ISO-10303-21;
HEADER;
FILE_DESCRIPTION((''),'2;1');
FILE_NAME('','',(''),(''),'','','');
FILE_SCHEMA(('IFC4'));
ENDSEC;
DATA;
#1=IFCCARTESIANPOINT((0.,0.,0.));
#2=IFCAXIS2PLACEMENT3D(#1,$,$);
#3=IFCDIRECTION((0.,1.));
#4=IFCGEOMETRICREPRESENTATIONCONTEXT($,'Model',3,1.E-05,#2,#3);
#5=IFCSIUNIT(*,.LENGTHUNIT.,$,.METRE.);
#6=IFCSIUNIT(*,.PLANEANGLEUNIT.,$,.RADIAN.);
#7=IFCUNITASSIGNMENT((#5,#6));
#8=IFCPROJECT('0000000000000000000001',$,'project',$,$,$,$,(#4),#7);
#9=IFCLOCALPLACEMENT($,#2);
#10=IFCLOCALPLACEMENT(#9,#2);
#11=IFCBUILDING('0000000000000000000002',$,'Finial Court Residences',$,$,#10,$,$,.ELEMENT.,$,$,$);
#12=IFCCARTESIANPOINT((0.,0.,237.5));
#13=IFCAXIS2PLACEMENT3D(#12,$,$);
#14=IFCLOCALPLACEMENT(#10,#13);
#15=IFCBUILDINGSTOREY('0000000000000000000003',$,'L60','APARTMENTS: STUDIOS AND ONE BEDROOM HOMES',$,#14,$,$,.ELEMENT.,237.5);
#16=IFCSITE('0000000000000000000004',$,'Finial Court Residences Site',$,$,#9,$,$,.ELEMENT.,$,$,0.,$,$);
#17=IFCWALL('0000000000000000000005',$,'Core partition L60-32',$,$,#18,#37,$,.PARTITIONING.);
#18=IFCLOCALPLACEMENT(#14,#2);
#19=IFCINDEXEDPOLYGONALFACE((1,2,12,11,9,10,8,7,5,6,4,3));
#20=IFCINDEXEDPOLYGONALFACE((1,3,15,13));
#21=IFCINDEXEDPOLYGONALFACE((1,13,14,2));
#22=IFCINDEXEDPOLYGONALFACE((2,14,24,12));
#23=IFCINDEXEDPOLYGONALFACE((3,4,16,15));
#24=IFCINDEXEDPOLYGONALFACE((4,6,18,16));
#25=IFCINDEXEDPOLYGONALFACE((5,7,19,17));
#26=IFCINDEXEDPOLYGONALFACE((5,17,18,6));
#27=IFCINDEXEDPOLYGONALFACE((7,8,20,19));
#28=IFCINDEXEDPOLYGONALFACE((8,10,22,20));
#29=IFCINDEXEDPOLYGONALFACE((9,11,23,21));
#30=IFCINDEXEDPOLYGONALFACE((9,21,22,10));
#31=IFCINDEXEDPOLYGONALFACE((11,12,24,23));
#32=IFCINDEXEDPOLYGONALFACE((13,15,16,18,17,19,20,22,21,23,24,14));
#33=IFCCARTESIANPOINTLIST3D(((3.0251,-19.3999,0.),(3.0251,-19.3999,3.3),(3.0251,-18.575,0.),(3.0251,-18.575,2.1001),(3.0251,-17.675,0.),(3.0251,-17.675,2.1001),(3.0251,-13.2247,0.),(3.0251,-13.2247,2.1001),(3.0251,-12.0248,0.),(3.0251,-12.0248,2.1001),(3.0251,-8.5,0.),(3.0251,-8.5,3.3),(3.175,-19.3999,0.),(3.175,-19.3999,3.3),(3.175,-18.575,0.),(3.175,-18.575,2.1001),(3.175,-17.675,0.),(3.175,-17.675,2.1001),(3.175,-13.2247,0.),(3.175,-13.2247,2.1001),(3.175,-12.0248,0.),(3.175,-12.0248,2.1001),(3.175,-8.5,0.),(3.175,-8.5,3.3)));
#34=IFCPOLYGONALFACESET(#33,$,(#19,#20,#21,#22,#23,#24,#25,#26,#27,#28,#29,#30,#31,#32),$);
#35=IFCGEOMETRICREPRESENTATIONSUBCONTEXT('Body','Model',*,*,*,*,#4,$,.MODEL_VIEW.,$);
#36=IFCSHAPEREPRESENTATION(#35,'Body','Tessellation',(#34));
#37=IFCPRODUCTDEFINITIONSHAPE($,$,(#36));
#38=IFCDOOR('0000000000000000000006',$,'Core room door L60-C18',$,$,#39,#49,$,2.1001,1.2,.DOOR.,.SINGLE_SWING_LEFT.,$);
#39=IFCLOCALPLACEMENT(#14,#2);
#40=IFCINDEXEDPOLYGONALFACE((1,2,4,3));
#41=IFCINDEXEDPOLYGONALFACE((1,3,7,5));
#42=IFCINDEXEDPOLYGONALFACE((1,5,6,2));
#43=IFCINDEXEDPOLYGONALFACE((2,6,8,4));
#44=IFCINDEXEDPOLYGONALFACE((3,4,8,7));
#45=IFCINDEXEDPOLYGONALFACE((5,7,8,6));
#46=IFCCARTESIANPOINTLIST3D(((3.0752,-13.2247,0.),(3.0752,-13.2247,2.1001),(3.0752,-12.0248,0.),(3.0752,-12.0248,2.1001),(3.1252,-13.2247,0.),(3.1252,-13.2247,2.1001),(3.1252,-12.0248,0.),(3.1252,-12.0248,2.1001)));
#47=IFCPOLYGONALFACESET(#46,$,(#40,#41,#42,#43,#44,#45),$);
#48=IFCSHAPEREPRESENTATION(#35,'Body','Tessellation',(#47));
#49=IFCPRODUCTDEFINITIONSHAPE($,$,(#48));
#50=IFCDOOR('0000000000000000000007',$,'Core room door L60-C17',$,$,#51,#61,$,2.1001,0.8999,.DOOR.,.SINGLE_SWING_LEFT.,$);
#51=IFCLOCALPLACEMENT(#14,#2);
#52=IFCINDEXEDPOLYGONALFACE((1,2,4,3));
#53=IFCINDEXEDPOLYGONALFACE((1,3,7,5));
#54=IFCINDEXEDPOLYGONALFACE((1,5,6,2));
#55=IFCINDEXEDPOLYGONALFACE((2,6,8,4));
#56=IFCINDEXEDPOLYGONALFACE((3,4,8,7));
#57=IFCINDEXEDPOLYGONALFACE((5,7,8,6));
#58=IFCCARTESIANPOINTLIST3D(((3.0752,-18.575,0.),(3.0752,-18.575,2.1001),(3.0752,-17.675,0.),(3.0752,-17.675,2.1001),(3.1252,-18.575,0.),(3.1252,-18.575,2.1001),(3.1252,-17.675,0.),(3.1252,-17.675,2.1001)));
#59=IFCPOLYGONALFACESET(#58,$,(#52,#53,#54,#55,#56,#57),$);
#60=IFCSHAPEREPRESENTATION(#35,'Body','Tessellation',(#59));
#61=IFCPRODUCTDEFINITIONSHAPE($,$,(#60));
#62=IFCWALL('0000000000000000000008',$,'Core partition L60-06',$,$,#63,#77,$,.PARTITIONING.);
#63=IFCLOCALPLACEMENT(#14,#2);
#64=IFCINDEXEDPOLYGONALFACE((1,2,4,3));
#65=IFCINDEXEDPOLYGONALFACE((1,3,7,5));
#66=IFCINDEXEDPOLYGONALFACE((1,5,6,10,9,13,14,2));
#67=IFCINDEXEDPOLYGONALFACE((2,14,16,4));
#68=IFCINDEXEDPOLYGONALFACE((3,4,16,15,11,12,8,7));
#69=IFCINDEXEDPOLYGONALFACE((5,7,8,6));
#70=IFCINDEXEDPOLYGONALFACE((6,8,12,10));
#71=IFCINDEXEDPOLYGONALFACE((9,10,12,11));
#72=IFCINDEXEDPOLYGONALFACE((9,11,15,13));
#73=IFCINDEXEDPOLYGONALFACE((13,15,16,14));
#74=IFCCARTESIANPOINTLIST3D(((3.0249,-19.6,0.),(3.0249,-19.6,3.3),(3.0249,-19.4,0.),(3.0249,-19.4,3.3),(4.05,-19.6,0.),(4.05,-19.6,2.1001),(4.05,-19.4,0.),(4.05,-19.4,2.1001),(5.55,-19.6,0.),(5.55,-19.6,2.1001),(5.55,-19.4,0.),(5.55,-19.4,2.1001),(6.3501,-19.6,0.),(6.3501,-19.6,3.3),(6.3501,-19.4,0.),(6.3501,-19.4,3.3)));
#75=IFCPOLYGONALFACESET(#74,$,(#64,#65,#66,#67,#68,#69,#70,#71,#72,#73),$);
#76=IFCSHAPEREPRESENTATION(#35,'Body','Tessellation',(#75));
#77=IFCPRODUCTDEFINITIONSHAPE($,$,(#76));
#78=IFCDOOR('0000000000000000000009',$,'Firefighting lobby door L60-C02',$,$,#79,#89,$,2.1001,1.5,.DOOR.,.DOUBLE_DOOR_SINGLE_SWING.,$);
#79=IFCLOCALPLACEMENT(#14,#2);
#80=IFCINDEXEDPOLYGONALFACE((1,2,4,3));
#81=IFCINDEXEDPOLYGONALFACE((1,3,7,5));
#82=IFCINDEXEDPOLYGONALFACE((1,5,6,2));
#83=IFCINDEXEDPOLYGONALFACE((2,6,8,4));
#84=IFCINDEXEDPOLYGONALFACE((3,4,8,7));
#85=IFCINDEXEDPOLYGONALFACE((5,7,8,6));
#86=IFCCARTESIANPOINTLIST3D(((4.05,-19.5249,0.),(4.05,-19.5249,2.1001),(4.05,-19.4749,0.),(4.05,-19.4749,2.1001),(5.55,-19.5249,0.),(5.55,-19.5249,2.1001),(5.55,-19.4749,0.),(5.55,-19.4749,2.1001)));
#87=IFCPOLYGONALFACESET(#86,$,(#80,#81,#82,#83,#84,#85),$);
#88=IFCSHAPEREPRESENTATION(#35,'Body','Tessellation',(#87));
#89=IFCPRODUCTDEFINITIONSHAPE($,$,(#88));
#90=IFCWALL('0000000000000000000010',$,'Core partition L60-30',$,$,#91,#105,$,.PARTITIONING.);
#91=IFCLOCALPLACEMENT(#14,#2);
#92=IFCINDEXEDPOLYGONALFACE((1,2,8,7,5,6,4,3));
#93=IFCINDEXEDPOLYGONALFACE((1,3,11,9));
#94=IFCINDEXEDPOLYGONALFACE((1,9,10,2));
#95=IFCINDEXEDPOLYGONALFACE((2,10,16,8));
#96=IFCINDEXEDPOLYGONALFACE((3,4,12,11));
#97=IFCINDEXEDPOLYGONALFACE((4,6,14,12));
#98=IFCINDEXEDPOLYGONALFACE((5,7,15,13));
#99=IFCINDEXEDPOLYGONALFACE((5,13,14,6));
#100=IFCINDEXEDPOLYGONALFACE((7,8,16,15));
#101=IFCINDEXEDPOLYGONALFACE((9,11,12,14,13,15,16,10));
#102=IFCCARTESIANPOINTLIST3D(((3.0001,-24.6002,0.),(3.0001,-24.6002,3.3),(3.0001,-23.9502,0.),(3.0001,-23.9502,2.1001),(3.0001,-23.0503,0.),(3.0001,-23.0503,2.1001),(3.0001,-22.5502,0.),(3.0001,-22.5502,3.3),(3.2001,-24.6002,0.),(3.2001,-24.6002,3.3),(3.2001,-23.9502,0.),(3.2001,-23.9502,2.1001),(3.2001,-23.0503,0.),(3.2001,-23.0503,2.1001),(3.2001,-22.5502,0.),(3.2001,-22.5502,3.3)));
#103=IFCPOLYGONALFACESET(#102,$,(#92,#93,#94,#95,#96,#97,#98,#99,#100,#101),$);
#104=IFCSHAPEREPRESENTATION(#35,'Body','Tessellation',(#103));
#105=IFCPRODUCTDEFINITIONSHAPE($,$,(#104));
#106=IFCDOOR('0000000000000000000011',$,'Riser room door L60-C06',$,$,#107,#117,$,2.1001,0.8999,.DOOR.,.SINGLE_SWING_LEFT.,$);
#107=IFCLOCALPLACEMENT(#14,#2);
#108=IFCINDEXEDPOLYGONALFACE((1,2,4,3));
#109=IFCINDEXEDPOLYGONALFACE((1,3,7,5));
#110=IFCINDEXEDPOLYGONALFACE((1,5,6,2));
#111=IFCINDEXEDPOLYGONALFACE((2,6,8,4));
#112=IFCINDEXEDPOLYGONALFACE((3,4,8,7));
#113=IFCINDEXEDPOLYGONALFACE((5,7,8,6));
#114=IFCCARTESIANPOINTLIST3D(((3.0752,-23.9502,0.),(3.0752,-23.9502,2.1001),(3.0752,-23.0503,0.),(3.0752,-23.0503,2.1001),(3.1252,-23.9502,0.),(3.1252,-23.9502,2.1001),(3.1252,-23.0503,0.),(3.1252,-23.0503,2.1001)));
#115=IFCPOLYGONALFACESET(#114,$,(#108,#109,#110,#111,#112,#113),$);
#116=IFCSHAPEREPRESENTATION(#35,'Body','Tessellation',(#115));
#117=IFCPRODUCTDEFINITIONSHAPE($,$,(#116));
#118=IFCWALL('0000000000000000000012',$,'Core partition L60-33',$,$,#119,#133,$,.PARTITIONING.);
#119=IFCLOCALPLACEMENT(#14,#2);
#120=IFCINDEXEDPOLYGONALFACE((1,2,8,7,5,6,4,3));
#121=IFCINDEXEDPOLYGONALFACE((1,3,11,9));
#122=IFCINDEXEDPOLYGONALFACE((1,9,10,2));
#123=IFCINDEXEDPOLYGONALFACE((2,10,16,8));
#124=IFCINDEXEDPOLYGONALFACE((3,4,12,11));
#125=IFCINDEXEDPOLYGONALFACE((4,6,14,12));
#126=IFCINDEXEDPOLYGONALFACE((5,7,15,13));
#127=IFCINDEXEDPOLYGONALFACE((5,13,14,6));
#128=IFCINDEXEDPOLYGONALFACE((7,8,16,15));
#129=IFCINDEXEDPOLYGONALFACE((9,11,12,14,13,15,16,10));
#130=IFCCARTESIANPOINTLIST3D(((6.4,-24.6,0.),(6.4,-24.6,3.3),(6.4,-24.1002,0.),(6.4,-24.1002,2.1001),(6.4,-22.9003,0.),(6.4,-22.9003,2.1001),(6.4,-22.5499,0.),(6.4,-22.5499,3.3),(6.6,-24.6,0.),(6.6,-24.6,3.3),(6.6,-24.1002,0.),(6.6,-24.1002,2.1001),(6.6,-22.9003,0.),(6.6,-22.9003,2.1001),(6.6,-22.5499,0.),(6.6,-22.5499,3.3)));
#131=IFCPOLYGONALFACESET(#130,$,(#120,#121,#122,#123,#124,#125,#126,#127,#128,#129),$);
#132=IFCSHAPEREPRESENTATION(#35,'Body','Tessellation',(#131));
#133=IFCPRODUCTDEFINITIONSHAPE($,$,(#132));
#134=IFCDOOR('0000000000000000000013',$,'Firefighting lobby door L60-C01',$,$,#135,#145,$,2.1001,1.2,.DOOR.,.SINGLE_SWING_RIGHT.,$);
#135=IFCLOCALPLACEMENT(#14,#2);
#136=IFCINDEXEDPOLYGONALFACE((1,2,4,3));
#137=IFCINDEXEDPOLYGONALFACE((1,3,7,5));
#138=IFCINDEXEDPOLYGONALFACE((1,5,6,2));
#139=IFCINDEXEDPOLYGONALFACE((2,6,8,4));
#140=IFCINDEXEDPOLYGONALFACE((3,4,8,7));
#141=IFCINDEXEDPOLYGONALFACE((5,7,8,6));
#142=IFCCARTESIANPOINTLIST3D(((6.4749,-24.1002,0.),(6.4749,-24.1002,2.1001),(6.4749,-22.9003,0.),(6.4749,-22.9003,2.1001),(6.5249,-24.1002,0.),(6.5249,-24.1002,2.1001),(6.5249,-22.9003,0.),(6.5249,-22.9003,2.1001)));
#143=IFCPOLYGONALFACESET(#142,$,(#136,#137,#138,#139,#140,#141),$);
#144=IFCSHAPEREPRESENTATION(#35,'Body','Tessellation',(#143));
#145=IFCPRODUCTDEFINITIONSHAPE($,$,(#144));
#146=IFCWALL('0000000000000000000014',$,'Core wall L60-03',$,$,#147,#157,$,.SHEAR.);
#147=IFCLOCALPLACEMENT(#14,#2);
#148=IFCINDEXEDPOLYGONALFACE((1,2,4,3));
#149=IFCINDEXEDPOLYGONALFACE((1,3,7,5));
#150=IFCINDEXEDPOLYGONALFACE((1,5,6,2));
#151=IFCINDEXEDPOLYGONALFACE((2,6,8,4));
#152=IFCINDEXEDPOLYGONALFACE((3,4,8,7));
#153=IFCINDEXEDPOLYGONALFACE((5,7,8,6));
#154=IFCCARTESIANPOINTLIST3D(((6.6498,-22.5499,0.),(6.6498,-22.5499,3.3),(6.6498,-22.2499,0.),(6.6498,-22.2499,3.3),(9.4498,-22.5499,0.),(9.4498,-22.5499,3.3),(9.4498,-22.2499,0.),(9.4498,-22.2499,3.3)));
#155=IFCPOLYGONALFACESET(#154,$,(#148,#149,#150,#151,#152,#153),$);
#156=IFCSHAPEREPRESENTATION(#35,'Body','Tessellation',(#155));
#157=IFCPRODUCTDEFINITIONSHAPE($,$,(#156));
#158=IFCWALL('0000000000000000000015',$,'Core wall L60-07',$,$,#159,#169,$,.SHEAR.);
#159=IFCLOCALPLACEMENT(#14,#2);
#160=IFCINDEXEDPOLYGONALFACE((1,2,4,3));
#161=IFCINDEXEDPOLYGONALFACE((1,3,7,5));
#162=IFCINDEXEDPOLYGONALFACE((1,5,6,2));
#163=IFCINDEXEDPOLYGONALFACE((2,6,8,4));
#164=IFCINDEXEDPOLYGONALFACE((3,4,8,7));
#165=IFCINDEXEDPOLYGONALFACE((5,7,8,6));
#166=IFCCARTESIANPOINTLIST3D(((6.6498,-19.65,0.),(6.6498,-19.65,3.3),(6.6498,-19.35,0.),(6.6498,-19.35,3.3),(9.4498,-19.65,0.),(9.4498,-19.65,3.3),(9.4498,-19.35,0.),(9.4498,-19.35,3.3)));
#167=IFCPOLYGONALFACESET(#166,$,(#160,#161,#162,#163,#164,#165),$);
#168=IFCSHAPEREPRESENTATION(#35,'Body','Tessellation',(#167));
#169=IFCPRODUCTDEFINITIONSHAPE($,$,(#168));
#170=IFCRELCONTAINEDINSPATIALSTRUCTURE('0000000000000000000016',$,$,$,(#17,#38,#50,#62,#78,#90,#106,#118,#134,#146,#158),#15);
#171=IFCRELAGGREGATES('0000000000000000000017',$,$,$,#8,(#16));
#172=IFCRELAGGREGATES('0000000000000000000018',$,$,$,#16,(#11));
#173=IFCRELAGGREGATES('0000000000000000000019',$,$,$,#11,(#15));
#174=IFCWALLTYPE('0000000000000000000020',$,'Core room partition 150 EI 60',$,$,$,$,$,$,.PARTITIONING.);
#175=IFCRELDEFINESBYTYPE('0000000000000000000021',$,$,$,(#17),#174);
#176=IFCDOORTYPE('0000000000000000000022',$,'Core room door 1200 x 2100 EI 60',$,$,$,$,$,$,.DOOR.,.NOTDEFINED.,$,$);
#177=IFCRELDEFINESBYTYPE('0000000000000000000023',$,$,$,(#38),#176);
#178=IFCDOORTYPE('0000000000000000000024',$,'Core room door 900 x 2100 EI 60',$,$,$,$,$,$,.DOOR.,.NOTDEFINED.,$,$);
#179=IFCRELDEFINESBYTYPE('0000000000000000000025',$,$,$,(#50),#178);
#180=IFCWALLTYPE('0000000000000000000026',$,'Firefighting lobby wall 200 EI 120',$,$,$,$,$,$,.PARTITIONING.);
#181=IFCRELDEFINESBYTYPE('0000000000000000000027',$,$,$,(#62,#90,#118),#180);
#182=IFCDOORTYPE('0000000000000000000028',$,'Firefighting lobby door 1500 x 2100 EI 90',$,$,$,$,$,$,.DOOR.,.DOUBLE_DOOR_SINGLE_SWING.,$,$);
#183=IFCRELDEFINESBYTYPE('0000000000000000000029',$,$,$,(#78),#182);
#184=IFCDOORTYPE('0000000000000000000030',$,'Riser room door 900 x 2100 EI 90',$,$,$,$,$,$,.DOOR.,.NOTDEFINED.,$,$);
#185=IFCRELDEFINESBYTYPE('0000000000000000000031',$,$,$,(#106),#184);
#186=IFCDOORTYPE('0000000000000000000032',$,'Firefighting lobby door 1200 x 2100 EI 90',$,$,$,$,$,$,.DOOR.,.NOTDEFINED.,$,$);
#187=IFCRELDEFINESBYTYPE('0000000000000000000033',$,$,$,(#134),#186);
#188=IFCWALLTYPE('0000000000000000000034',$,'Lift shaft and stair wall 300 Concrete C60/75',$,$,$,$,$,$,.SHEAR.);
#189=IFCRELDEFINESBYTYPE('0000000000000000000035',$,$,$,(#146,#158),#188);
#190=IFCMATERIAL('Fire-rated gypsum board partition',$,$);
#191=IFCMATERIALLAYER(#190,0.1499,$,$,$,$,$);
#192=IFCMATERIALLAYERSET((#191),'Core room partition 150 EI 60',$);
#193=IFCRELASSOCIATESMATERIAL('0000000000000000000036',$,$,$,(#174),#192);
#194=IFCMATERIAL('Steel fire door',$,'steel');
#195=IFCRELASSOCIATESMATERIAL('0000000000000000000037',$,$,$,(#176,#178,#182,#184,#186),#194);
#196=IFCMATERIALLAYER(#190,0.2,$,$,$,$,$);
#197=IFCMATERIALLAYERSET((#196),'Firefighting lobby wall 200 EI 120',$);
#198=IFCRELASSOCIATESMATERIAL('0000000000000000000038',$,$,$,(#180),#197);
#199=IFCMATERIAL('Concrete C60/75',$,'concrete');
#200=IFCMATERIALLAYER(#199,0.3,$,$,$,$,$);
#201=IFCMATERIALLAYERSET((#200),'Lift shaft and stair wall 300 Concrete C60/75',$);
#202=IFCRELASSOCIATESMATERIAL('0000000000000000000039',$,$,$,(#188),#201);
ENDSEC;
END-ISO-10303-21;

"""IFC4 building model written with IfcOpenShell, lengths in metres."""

from ifc_helpers import new_model, si_unit, direction, frame, frame_2d, origin, place, context, subcontext, project, spatial, rectangle, extrude, material, layer, layer_set, type_object, element, fill, save


model = new_model("IFC4")

# Units and contexts
model_context = context("Model", 3, precision=1e-05, world=origin(), true_north=direction((0.0, 1.0)))
body_context = subcontext(model_context, "Body", "Model", "MODEL_VIEW")
ifc_project = project(units=[si_unit("LENGTHUNIT", "METRE"), si_unit("PLANEANGLEUNIT", "RADIAN")], contexts=[model_context])

# Site, building, storey
site_placement = place(None, origin())
site = spatial("IfcSite", under=ifc_project, at=site_placement, Name="Finial Court Residences Site", CompositionType="ELEMENT", RefElevation=0.0)
building_placement = place(site_placement, origin())
building = spatial("IfcBuilding", under=site, at=building_placement, Name="Finial Court Residences", CompositionType="ELEMENT")
storey_placement = place(building_placement, frame((0.0, 0.0, 237.5)))
storey = spatial("IfcBuildingStorey", under=building, at=storey_placement, Name="L60", Description="APARTMENTS: STUDIOS AND ONE BEDROOM HOMES", CompositionType="ELEMENT", Elevation=237.5)

# Wall, openings, doors
ifc_material_1 = material(Name="Fire-rated gypsum board partition")
ifc_layer_1 = layer(ifc_material_1, 0.1499)
ifc_layer_set_1 = layer_set([ifc_layer_1], Name="Core room partition 150 EI 60")
wall_type_1 = type_object("IfcWallType", Name="Core room partition 150 EI 60", PredefinedType="PARTITIONING", material=ifc_layer_set_1)
wall_1_placement = place(storey_placement, frame((3.1001, -19.3999, 0.0), z_axis=(0.0, 0.0, 1.0), x_axis=(0.0, 1.0, 0.0)))
wall_1 = element("IfcWall", 1, at=wall_1_placement, inside=storey, type_object=wall_type_1, Name="Core partition L60-32", PredefinedType="PARTITIONING", context=body_context, shape_type="SweptSolid", body=[
    extrude(rectangle(XDim=10.8999, YDim=0.1499, at=frame_2d((5.45, 0.0))), origin(), (0.0, 0.0, 1.0), 3.3),
])
opening_1_placement = place(wall_1_placement, frame((0.825, 0.0, 0.0)))
opening_1 = element("IfcOpeningElement", 2, at=opening_1_placement, cuts=wall_1, PredefinedType="OPENING", context=body_context, shape_type="SweptSolid", body=[
    extrude(rectangle(XDim=0.8999, YDim=2.1001, at=frame_2d((0.45, 1.05))), frame((0.0, 0.085, 0.0), z_axis=(0.0, -1.0, 0.0), x_axis=(1.0, 0.0, 0.0)), (0.0, 0.0, 1.0), 0.1699),
])
opening_2_placement = place(wall_1_placement, frame((6.175, 0.0, 0.0)))
opening_2 = element("IfcOpeningElement", 3, at=opening_2_placement, cuts=wall_1, PredefinedType="OPENING", context=body_context, shape_type="SweptSolid", body=[
    extrude(rectangle(XDim=1.2, YDim=2.1001, at=frame_2d((0.6001, 1.05))), frame((0.0, 0.085, 0.0), z_axis=(0.0, -1.0, 0.0), x_axis=(1.0, 0.0, 0.0)), (0.0, 0.0, 1.0), 0.1699),
])
ifc_material_2 = material(Name="Steel fire door", Category="steel")
door_type_1 = type_object("IfcDoorType", Name="Core room door 1200 x 2100 EI 60", OperationType="NOTDEFINED", PredefinedType="DOOR", material=ifc_material_2)
door_1_placement = place(opening_2_placement, origin())
door_1 = element("IfcDoor", 4, at=door_1_placement, inside=storey, type_object=door_type_1, Name="Core room door L60-C18", OperationType="SINGLE_SWING_LEFT", OverallHeight=2.1001, OverallWidth=1.2, PredefinedType="DOOR", context=body_context, shape_type="SweptSolid", body=[
    extrude(rectangle(XDim=1.2, YDim=2.1001, at=frame_2d((0.6001, 1.05))), frame((0.0, 0.0249, 0.0), z_axis=(0.0, -1.0, 0.0), x_axis=(1.0, 0.0, 0.0)), (0.0, 0.0, 1.0), 0.05),
])
fill(opening_2, door_1)
door_type_2 = type_object("IfcDoorType", Name="Core room door 900 x 2100 EI 60", OperationType="NOTDEFINED", PredefinedType="DOOR", material=ifc_material_2)
door_2_placement = place(opening_1_placement, origin())
door_2 = element("IfcDoor", 5, at=door_2_placement, inside=storey, type_object=door_type_2, Name="Core room door L60-C17", OperationType="SINGLE_SWING_LEFT", OverallHeight=2.1001, OverallWidth=0.8999, PredefinedType="DOOR", context=body_context, shape_type="SweptSolid", body=[
    extrude(rectangle(XDim=0.8999, YDim=2.1001, at=frame_2d((0.45, 1.05))), frame((0.0, 0.0249, 0.0), z_axis=(0.0, -1.0, 0.0), x_axis=(1.0, 0.0, 0.0)), (0.0, 0.0, 1.0), 0.05),
])
fill(opening_1, door_2)

# Walls, openings, doors
ifc_layer_2 = layer(ifc_material_1, 0.2)
ifc_layer_set_2 = layer_set([ifc_layer_2], Name="Firefighting lobby wall 200 EI 120")
wall_type_2 = type_object("IfcWallType", Name="Firefighting lobby wall 200 EI 120", PredefinedType="PARTITIONING", material=ifc_layer_set_2)
wall_2_placement = place(storey_placement, frame((6.3501, -19.5, 0.0), z_axis=(0.0, 0.0, 1.0), x_axis=(-1.0, 0.0, 0.0)))
wall_2 = element("IfcWall", 6, at=wall_2_placement, inside=storey, type_object=wall_type_2, Name="Core partition L60-06", PredefinedType="PARTITIONING", context=body_context, shape_type="SweptSolid", body=[
    extrude(rectangle(XDim=3.3252, YDim=0.2, at=frame_2d((1.6626, 0.0))), origin(), (0.0, 0.0, 1.0), 3.3),
])
opening_3_placement = place(wall_2_placement, frame((0.8, 0.0, 0.0)))
opening_3 = element("IfcOpeningElement", 7, at=opening_3_placement, cuts=wall_2, PredefinedType="OPENING", context=body_context, shape_type="SweptSolid", body=[
    extrude(rectangle(XDim=1.5, YDim=2.1001, at=frame_2d((0.75, 1.05))), frame((0.0, 0.1099, 0.0), z_axis=(0.0, -1.0, 0.0), x_axis=(1.0, 0.0, 0.0)), (0.0, 0.0, 1.0), 0.22),
])
door_type_3 = type_object("IfcDoorType", Name="Firefighting lobby door 1500 x 2100 EI 90", OperationType="DOUBLE_DOOR_SINGLE_SWING", PredefinedType="DOOR", material=ifc_material_2)
door_3_placement = place(opening_3_placement, origin())
door_3 = element("IfcDoor", 8, at=door_3_placement, inside=storey, type_object=door_type_3, Name="Firefighting lobby door L60-C02", OperationType="DOUBLE_DOOR_SINGLE_SWING", OverallHeight=2.1001, OverallWidth=1.5, PredefinedType="DOOR", context=body_context, shape_type="SweptSolid", body=[
    extrude(rectangle(XDim=1.5, YDim=2.1001, at=frame_2d((0.75, 1.05))), frame((0.0, 0.0249, 0.0), z_axis=(0.0, -1.0, 0.0), x_axis=(1.0, 0.0, 0.0)), (0.0, 0.0, 1.0), 0.05),
])
fill(opening_3, door_3)
wall_3_placement = place(storey_placement, frame((3.1001, -24.6001, 0.0), z_axis=(0.0, 0.0, 1.0), x_axis=(0.0, 1.0, 0.0)))
wall_3 = element("IfcWall", 9, at=wall_3_placement, inside=storey, type_object=wall_type_2, Name="Core partition L60-30", PredefinedType="PARTITIONING", context=body_context, shape_type="SweptSolid", body=[
    extrude(rectangle(XDim=2.05, YDim=0.2, at=frame_2d((1.0249, 0.0))), origin(), (0.0, 0.0, 1.0), 3.3),
])
opening_4_placement = place(wall_3_placement, frame((0.6499, 0.0, 0.0)))
opening_4 = element("IfcOpeningElement", 10, at=opening_4_placement, cuts=wall_3, PredefinedType="OPENING", context=body_context, shape_type="SweptSolid", body=[
    extrude(rectangle(XDim=0.8999, YDim=2.1001, at=frame_2d((0.45, 1.05))), frame((0.0, 0.1099, 0.0), z_axis=(0.0, -1.0, 0.0), x_axis=(1.0, 0.0, 0.0)), (0.0, 0.0, 1.0), 0.22),
])
door_type_4 = type_object("IfcDoorType", Name="Riser room door 900 x 2100 EI 90", OperationType="NOTDEFINED", PredefinedType="DOOR", material=ifc_material_2)
door_4_placement = place(opening_4_placement, origin())
door_4 = element("IfcDoor", 11, at=door_4_placement, inside=storey, type_object=door_type_4, Name="Riser room door L60-C06", OperationType="SINGLE_SWING_LEFT", OverallHeight=2.1001, OverallWidth=0.8999, PredefinedType="DOOR", context=body_context, shape_type="SweptSolid", body=[
    extrude(rectangle(XDim=0.8999, YDim=2.1001, at=frame_2d((0.45, 1.05))), frame((0.0, 0.0249, 0.0), z_axis=(0.0, -1.0, 0.0), x_axis=(1.0, 0.0, 0.0)), (0.0, 0.0, 1.0), 0.05),
])
fill(opening_4, door_4)
wall_4_placement = place(storey_placement, frame((6.5, -22.55, 0.0), z_axis=(0.0, 0.0, 1.0), x_axis=(0.0, -1.0, 0.0)))
wall_4 = element("IfcWall", 12, at=wall_4_placement, inside=storey, type_object=wall_type_2, Name="Core partition L60-33", PredefinedType="PARTITIONING", context=body_context, shape_type="SweptSolid", body=[
    extrude(rectangle(XDim=2.05, YDim=0.2, at=frame_2d((1.0249, 0.0))), origin(), (0.0, 0.0, 1.0), 3.3),
])
opening_5_placement = place(wall_4_placement, frame((0.3501, 0.0, 0.0)))
opening_5 = element("IfcOpeningElement", 13, at=opening_5_placement, cuts=wall_4, PredefinedType="OPENING", context=body_context, shape_type="SweptSolid", body=[
    extrude(rectangle(XDim=1.2, YDim=2.1001, at=frame_2d((0.6001, 1.05))), frame((0.0, 0.1099, 0.0), z_axis=(0.0, -1.0, 0.0), x_axis=(1.0, 0.0, 0.0)), (0.0, 0.0, 1.0), 0.22),
])
door_type_5 = type_object("IfcDoorType", Name="Firefighting lobby door 1200 x 2100 EI 90", OperationType="NOTDEFINED", PredefinedType="DOOR", material=ifc_material_2)
door_5_placement = place(opening_5_placement, origin())
door_5 = element("IfcDoor", 14, at=door_5_placement, inside=storey, type_object=door_type_5, Name="Firefighting lobby door L60-C01", OperationType="SINGLE_SWING_RIGHT", OverallHeight=2.1001, OverallWidth=1.2, PredefinedType="DOOR", context=body_context, shape_type="SweptSolid", body=[
    extrude(rectangle(XDim=1.2, YDim=2.1001, at=frame_2d((0.6001, 1.05))), frame((0.0, 0.0249, 0.0), z_axis=(0.0, -1.0, 0.0), x_axis=(1.0, 0.0, 0.0)), (0.0, 0.0, 1.0), 0.05),
])
fill(opening_5, door_5)

# Walls
ifc_material_3 = material(Name="Concrete C60/75", Category="concrete")
ifc_layer_3 = layer(ifc_material_3, 0.3)
ifc_layer_set_3 = layer_set([ifc_layer_3], Name="Lift shaft and stair wall 300 Concrete C60/75")
wall_type_3 = type_object("IfcWallType", Name="Lift shaft and stair wall 300 Concrete C60/75", PredefinedType="SHEAR", material=ifc_layer_set_3)
for number, where, z_axis, x_axis, name in (
    (15, (6.6499, -22.3999, 0.0), (0.0, 0.0, 1.0), (1.0, 0.0, 0.0), "Core wall L60-03"),
    (16, (6.6499, -19.5, 0.0), (0.0, 0.0, 1.0), (1.0, 0.0, 0.0), "Core wall L60-07"),
):
    element("IfcWall", number, at=place(storey_placement, frame(where, z_axis=z_axis, x_axis=x_axis)), inside=storey, type_object=wall_type_3, Name=name, PredefinedType="SHEAR", context=body_context, shape_type="SweptSolid", body=[
        extrude(rectangle(XDim=2.8, YDim=0.3, at=frame_2d((1.3999, 0.0))), origin(), (0.0, 0.0, 1.0), 3.3),
    ])

save(model, "model.ifc")
